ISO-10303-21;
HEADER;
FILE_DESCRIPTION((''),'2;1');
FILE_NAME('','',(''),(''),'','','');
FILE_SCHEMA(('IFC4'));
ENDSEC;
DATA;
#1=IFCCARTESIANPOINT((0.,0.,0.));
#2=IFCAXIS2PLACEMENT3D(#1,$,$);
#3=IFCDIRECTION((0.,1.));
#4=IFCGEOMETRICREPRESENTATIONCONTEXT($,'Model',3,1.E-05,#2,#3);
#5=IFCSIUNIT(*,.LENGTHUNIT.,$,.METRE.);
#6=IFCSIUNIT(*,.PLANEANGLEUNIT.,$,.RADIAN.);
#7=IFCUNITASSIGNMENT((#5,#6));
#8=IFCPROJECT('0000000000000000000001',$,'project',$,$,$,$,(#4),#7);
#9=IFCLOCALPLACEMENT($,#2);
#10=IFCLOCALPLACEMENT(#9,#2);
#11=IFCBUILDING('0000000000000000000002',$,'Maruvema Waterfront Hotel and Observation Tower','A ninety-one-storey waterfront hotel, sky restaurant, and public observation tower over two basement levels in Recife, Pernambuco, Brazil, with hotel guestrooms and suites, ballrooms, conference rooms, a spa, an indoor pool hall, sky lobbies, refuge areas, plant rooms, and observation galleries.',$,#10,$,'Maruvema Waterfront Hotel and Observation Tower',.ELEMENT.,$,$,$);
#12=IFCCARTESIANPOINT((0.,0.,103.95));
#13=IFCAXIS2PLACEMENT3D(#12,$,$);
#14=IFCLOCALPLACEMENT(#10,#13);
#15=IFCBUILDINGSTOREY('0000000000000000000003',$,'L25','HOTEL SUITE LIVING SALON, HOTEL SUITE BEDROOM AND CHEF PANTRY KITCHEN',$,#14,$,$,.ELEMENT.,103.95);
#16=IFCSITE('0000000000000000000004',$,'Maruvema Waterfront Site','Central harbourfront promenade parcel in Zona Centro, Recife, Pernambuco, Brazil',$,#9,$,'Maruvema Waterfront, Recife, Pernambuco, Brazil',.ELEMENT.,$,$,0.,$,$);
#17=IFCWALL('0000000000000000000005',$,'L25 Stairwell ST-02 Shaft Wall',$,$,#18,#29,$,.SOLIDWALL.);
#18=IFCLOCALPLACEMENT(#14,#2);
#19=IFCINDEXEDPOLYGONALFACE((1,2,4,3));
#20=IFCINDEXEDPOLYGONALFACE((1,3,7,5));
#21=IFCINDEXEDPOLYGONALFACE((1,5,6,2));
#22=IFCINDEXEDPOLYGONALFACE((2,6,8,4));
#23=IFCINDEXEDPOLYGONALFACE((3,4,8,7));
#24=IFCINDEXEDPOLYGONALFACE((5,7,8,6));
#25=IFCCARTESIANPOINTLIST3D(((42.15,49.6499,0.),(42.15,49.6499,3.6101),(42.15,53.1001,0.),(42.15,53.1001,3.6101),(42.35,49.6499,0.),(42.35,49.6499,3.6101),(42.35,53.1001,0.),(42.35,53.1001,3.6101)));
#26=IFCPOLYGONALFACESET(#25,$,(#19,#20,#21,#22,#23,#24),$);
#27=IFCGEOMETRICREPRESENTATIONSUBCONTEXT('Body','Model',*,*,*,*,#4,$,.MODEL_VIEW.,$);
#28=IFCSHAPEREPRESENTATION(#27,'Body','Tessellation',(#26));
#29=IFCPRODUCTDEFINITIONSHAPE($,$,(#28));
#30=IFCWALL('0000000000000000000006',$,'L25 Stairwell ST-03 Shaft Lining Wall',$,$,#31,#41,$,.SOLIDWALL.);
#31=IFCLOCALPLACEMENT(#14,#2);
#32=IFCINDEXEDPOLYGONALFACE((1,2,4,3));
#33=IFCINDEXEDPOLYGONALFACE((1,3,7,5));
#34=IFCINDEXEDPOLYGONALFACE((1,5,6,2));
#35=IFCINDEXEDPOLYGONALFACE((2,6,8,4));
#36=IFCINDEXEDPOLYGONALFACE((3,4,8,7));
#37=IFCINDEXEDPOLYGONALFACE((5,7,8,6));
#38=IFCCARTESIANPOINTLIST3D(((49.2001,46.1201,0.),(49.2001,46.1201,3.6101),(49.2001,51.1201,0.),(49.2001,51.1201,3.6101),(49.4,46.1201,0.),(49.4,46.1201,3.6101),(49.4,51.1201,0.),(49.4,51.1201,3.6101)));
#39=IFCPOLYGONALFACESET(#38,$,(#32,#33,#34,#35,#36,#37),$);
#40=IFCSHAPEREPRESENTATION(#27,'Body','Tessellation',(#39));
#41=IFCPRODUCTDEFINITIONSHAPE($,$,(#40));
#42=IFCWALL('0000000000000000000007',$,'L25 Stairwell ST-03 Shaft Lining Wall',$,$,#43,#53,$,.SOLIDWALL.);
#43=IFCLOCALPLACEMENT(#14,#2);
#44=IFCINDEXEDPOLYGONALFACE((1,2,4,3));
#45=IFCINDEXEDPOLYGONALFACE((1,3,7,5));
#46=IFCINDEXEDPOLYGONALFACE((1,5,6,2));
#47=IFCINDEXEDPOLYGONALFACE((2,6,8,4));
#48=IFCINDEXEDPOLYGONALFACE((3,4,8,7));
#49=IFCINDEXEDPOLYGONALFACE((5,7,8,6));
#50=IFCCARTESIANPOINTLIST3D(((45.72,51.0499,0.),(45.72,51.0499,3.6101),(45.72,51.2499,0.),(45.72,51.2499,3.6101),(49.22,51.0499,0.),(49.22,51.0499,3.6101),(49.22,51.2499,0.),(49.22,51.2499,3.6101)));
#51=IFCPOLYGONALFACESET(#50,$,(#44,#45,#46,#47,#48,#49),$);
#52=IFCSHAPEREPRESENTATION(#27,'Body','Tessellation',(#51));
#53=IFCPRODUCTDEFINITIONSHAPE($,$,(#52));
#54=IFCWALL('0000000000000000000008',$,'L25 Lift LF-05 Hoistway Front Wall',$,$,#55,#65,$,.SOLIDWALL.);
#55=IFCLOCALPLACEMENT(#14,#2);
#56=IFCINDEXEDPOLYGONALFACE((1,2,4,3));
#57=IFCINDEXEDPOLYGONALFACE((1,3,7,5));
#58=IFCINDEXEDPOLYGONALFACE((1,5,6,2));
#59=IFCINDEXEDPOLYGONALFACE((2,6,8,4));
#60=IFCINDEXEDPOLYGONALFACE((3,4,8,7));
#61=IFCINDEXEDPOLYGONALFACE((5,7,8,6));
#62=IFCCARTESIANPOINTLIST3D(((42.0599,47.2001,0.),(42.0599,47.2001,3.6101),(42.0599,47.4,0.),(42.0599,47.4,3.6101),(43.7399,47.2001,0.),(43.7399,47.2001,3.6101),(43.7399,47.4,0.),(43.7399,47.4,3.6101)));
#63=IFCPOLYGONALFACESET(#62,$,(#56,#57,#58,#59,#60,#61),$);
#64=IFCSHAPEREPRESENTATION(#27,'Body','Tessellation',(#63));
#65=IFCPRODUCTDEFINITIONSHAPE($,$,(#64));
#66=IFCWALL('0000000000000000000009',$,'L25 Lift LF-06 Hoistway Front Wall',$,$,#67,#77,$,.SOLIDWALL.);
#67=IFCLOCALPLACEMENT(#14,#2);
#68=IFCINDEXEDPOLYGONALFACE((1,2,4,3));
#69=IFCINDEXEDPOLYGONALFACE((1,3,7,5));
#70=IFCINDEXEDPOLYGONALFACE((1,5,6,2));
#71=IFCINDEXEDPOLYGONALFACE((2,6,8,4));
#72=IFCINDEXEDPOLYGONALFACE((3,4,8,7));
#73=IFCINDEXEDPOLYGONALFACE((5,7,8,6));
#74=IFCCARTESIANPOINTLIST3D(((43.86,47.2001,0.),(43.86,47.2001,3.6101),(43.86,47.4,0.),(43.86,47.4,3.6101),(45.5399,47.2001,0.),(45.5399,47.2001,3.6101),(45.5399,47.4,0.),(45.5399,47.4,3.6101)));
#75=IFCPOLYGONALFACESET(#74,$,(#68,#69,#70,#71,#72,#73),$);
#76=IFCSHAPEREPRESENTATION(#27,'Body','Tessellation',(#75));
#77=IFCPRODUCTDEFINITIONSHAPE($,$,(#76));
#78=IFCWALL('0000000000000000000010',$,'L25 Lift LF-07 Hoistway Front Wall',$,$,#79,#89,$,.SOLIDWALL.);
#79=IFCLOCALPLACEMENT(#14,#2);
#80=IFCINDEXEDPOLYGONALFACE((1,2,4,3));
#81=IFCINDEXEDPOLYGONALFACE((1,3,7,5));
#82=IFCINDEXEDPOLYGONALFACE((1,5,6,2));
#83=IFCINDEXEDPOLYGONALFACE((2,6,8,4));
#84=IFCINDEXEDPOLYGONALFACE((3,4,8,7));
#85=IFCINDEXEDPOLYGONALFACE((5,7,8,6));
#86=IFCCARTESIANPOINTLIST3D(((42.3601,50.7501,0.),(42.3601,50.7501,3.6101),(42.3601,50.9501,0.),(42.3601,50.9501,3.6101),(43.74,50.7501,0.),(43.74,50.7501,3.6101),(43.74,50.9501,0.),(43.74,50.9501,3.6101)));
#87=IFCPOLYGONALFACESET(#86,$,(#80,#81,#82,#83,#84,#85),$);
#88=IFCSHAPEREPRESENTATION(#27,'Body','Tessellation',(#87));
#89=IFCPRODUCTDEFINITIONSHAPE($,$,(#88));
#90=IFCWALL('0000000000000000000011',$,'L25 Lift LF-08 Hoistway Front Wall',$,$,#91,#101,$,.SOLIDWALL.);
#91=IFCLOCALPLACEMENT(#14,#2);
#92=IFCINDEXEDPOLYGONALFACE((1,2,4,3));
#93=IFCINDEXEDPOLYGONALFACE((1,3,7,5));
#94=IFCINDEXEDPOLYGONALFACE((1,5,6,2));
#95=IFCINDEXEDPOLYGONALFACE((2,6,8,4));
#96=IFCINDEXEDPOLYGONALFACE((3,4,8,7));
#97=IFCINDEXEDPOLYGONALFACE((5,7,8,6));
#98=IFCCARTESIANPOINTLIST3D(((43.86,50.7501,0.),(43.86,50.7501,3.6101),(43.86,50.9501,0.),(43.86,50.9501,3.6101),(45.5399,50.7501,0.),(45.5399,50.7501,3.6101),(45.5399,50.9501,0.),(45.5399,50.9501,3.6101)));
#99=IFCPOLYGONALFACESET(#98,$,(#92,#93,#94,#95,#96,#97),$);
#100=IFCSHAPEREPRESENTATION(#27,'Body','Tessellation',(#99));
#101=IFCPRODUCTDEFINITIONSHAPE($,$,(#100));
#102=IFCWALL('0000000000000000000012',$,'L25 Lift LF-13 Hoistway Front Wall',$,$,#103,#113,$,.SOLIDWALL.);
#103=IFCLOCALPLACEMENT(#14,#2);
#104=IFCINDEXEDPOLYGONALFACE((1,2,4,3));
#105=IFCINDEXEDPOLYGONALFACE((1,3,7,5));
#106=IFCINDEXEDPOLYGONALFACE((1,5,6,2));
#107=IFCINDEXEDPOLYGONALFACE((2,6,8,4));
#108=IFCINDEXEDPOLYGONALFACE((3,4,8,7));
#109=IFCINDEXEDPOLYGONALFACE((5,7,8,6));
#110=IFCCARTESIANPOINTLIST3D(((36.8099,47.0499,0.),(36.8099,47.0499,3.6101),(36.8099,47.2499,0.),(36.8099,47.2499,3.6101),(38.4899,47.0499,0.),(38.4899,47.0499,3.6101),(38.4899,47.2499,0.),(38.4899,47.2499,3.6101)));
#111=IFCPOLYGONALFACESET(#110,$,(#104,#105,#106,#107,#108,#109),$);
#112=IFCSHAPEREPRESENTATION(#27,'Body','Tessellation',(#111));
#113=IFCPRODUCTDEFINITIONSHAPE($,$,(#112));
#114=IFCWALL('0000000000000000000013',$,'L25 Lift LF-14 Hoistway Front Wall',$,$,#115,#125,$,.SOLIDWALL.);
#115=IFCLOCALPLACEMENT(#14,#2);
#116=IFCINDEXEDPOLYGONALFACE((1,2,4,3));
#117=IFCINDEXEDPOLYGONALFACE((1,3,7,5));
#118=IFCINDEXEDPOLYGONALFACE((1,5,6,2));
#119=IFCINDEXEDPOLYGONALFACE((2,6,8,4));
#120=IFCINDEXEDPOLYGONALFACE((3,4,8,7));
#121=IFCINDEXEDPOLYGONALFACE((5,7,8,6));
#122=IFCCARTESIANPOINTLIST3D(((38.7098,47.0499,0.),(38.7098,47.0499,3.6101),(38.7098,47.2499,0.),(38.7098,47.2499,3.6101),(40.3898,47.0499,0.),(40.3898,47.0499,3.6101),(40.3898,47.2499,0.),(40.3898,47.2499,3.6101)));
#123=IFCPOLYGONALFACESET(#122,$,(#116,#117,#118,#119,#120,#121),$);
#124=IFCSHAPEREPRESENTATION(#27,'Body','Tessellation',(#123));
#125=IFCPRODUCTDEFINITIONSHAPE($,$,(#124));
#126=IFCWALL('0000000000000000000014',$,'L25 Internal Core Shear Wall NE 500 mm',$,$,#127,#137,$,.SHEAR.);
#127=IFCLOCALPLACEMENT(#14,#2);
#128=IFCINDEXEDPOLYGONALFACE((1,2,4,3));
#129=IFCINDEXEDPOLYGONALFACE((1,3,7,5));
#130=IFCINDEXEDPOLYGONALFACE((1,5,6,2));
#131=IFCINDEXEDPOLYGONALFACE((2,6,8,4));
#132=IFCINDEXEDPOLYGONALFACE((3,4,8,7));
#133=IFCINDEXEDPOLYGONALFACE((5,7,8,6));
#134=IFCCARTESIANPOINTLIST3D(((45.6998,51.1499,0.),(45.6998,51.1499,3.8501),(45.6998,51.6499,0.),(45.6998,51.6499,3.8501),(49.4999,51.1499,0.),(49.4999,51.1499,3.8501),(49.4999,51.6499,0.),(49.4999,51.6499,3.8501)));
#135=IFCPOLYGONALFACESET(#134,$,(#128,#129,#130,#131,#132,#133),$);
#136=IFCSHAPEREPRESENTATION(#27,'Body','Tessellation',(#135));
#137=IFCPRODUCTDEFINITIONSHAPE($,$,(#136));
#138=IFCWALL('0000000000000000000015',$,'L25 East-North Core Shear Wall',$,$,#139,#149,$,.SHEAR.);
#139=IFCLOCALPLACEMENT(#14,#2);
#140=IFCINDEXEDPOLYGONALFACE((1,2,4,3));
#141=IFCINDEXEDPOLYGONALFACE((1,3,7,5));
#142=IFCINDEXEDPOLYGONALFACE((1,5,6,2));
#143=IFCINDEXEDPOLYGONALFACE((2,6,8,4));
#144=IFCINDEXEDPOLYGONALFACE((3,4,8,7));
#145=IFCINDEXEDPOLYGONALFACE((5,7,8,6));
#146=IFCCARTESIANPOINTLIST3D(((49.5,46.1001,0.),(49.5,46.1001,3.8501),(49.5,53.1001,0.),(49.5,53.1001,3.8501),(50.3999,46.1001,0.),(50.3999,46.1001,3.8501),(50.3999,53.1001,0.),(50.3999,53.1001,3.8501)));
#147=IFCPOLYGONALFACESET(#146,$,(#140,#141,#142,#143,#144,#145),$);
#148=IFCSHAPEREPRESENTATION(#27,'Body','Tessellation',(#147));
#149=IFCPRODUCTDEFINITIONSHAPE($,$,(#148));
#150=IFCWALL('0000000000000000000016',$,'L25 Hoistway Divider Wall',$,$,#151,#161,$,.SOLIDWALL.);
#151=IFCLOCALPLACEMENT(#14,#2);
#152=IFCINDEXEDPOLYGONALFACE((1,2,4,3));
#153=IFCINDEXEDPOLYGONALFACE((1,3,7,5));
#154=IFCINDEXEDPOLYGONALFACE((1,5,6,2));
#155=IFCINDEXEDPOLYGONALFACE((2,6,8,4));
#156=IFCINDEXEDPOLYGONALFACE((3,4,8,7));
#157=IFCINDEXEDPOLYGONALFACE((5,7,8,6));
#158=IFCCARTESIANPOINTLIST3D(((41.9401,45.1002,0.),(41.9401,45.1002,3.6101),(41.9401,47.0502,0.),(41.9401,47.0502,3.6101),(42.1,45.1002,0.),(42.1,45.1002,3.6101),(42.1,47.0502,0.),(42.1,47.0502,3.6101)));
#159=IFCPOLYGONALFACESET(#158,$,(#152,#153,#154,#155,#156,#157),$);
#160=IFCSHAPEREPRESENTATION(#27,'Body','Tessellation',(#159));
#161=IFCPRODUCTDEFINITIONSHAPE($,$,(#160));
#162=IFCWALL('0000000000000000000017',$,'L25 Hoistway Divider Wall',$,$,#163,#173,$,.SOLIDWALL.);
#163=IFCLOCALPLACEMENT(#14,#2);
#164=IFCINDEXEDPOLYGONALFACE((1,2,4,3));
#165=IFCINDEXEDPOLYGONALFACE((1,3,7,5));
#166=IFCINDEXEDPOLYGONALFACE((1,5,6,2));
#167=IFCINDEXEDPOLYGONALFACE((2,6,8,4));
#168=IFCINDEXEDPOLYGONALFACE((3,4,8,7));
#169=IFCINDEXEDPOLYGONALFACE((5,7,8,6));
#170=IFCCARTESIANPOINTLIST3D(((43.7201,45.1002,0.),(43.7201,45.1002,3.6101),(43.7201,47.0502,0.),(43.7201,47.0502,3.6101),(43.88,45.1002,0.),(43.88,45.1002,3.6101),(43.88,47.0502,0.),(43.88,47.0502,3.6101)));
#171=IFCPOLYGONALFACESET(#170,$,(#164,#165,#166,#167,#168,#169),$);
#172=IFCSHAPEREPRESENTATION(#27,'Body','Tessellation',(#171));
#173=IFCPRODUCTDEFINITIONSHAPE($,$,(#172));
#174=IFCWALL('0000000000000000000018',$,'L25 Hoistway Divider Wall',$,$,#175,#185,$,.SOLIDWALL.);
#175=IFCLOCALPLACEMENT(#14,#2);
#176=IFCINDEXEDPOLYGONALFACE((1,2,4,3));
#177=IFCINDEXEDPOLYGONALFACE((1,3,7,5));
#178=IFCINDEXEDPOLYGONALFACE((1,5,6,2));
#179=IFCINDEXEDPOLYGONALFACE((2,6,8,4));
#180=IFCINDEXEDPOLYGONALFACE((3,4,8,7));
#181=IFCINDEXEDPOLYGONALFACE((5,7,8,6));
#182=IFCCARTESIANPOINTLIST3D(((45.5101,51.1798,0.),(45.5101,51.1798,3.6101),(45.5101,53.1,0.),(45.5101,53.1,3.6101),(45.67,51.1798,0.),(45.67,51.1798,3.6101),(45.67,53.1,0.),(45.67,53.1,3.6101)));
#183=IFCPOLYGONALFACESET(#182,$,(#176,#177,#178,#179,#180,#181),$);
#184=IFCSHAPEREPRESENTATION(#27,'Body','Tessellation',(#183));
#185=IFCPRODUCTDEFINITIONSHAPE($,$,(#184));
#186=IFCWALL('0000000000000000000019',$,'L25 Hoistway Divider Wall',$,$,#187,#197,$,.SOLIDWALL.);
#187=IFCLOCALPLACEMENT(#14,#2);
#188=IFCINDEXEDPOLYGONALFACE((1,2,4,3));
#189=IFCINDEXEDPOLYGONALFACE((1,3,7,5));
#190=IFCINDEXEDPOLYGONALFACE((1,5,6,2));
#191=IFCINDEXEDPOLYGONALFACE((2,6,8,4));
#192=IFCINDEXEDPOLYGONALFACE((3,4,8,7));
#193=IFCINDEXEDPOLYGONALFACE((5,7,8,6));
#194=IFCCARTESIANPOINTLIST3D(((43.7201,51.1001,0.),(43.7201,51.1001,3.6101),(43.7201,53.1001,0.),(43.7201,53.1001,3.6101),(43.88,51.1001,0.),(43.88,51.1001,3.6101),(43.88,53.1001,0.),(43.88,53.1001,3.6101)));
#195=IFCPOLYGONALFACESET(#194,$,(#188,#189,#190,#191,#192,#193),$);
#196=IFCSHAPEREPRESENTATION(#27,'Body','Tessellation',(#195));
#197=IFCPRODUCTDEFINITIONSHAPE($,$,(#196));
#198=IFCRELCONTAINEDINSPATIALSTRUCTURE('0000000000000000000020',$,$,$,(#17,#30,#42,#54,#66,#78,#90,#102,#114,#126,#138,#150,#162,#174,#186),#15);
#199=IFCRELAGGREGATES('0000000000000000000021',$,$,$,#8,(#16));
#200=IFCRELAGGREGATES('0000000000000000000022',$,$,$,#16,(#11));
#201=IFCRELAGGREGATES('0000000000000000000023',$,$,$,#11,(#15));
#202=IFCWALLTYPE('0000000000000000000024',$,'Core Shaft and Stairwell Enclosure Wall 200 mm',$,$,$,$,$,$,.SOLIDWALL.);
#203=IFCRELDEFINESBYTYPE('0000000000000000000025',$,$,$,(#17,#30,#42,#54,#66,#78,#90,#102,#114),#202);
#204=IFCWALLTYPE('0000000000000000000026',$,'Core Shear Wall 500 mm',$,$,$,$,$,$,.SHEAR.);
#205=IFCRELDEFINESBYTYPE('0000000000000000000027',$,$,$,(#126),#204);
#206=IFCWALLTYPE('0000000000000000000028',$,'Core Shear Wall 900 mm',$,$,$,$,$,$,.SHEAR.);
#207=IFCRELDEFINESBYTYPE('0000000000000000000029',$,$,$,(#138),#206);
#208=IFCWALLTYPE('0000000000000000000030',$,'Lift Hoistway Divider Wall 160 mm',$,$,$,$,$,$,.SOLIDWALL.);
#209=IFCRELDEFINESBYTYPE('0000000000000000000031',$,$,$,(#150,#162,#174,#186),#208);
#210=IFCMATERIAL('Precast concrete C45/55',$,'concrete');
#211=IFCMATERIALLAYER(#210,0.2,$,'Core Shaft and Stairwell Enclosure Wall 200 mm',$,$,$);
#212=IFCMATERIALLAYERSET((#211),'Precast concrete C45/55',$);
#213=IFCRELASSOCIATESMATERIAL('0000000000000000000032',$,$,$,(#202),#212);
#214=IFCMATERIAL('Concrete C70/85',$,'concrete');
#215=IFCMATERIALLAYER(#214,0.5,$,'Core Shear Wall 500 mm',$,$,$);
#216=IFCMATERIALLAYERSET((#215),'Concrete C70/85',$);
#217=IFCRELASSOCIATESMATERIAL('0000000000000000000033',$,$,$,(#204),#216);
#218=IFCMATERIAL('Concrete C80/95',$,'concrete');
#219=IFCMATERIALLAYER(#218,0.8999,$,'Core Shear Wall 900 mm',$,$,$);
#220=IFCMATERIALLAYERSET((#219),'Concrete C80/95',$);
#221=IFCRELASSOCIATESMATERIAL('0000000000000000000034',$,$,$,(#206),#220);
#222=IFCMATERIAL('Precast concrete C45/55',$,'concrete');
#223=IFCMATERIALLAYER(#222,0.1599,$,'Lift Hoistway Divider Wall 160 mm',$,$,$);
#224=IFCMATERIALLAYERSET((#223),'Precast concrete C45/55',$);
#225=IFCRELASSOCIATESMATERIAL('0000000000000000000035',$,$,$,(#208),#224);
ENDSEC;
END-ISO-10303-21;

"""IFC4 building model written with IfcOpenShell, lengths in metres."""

from ifc_helpers import new_model, si_unit, direction, frame, frame_2d, origin, place, context, subcontext, project, spatial, rectangle, extrude, material, layer, layer_set, type_object, element, save


model = new_model("IFC4")

# Units and contexts
model_context = context("Model", 3, precision=1e-05, world=origin(), true_north=direction((0.0, 1.0)))
body_context = subcontext(model_context, "Body", "Model", "MODEL_VIEW")
ifc_project = project(units=[si_unit("LENGTHUNIT", "METRE"), si_unit("PLANEANGLEUNIT", "RADIAN")], contexts=[model_context])

# Site, building, storey
site_placement = place(None, origin())
site = spatial("IfcSite", under=ifc_project, at=site_placement, Name="Maruvema Waterfront Site", Description="Central harbourfront promenade parcel in Zona Centro, Recife, Pernambuco, Brazil", LongName="Maruvema Waterfront, Recife, Pernambuco, Brazil", CompositionType="ELEMENT", RefElevation=0.0)
building_placement = place(site_placement, origin())
building = spatial("IfcBuilding", under=site, at=building_placement, Name="Maruvema Waterfront Hotel and Observation Tower", Description="A ninety-one-storey waterfront hotel, sky restaurant, and public observation tower over two basement levels in Recife, Pernambuco, Brazil, with hotel guestrooms and suites, ballrooms, conference rooms, a spa, an indoor pool hall, sky lobbies, refuge areas, plant rooms, and observation galleries.", LongName="Maruvema Waterfront Hotel and Observation Tower", CompositionType="ELEMENT")
storey_placement = place(building_placement, frame((0.0, 0.0, 103.95)))
storey = spatial("IfcBuildingStorey", under=building, at=storey_placement, Name="L25", Description="HOTEL SUITE LIVING SALON, HOTEL SUITE BEDROOM AND CHEF PANTRY KITCHEN", CompositionType="ELEMENT", Elevation=103.95)

# Walls
ifc_material_1 = material(Name="Precast concrete C45/55", Category="concrete")
ifc_layer_1 = layer(ifc_material_1, 0.2, Name="Core Shaft and Stairwell Enclosure Wall 200 mm")
ifc_layer_set_1 = layer_set([ifc_layer_1], Name="Precast concrete C45/55")
wall_type_1 = type_object("IfcWallType", Name="Core Shaft and Stairwell Enclosure Wall 200 mm", PredefinedType="SOLIDWALL", material=ifc_layer_set_1)
wall_1_placement = place(storey_placement, frame((42.25, 49.6499, 0.0), z_axis=(0.0, 0.0, 1.0), x_axis=(0.0, 1.0, 0.0)))
element("IfcWall", 1, at=wall_1_placement, inside=storey, type_object=wall_type_1, Name="L25 Stairwell ST-02 Shaft Wall", PredefinedType="SOLIDWALL", context=body_context, shape_type="SweptSolid", body=[
    extrude(rectangle(XDim=3.4502, YDim=0.2, at=frame_2d((1.7251, 0.0))), origin(), (0.0, 0.0, 1.0), 3.6101),
])
wall_2_placement = place(storey_placement, frame((49.3, 46.1201, 0.0), z_axis=(0.0, 0.0, 1.0), x_axis=(0.0, 1.0, 0.0)))
element("IfcWall", 2, at=wall_2_placement, inside=storey, type_object=wall_type_1, Name="L25 Stairwell ST-03 Shaft Lining Wall", PredefinedType="SOLIDWALL", context=body_context, shape_type="SweptSolid", body=[
    extrude(rectangle(XDim=5.0, YDim=0.2, at=frame_2d((2.5, 0.0))), origin(), (0.0, 0.0, 1.0), 3.6101),
])
wall_3_placement = place(storey_placement, frame((45.72, 51.1499, 0.0), z_axis=(0.0, 0.0, 1.0), x_axis=(1.0, 0.0, 0.0)))
element("IfcWall", 3, at=wall_3_placement, inside=storey, type_object=wall_type_1, Name="L25 Stairwell ST-03 Shaft Lining Wall", PredefinedType="SOLIDWALL", context=body_context, shape_type="SweptSolid", body=[
    extrude(rectangle(XDim=3.5, YDim=0.2, at=frame_2d((1.75, 0.0))), origin(), (0.0, 0.0, 1.0), 3.6101),
])
for number, where, z_axis, x_axis, name in (
    (4, (42.0601, 47.3, 0.0), (0.0, 0.0, 1.0), (1.0, 0.0, 0.0), "L25 Lift LF-05 Hoistway Front Wall"),
    (5, (43.8601, 47.3, 0.0), (0.0, 0.0, 1.0), (1.0, 0.0, 0.0), "L25 Lift LF-06 Hoistway Front Wall"),
):
    element("IfcWall", number, at=place(storey_placement, frame(where, z_axis=z_axis, x_axis=x_axis)), inside=storey, type_object=wall_type_1, Name=name, PredefinedType="SOLIDWALL", context=body_context, shape_type="SweptSolid", body=[
        extrude(rectangle(XDim=1.6799, YDim=0.2, at=frame_2d((0.8398, 0.0))), origin(), (0.0, 0.0, 1.0), 3.6101),
    ])
wall_4_placement = place(storey_placement, frame((42.3601, 50.8501, 0.0), z_axis=(0.0, 0.0, 1.0), x_axis=(1.0, 0.0, 0.0)))
element("IfcWall", 6, at=wall_4_placement, inside=storey, type_object=wall_type_1, Name="L25 Lift LF-07 Hoistway Front Wall", PredefinedType="SOLIDWALL", context=body_context, shape_type="SweptSolid", body=[
    extrude(rectangle(XDim=1.3799, YDim=0.2, at=frame_2d((0.6899, 0.0))), origin(), (0.0, 0.0, 1.0), 3.6101),
])
for number, where, z_axis, x_axis, name in (
    (7, (43.8601, 50.8501, 0.0), (0.0, 0.0, 1.0), (1.0, 0.0, 0.0), "L25 Lift LF-08 Hoistway Front Wall"),
    (8, (36.8101, 47.1499, 0.0), (0.0, 0.0, 1.0), (1.0, 0.0, 0.0), "L25 Lift LF-13 Hoistway Front Wall"),
    (9, (38.71, 47.1499, 0.0), (0.0, 0.0, 1.0), (1.0, 0.0, 0.0), "L25 Lift LF-14 Hoistway Front Wall"),
):
    element("IfcWall", number, at=place(storey_placement, frame(where, z_axis=z_axis, x_axis=x_axis)), inside=storey, type_object=wall_type_1, Name=name, PredefinedType="SOLIDWALL", context=body_context, shape_type="SweptSolid", body=[
        extrude(rectangle(XDim=1.6799, YDim=0.2, at=frame_2d((0.8398, 0.0))), origin(), (0.0, 0.0, 1.0), 3.6101),
    ])
ifc_material_2 = material(Name="Concrete C70/85", Category="concrete")
ifc_layer_2 = layer(ifc_material_2, 0.5, Name="Core Shear Wall 500 mm")
ifc_layer_set_2 = layer_set([ifc_layer_2], Name="Concrete C70/85")
wall_type_2 = type_object("IfcWallType", Name="Core Shear Wall 500 mm", PredefinedType="SHEAR", material=ifc_layer_set_2)
wall_5_placement = place(storey_placement, frame((45.7, 51.3999, 0.0), z_axis=(0.0, 0.0, 1.0), x_axis=(1.0, 0.0, 0.0)))
element("IfcWall", 10, at=wall_5_placement, inside=storey, type_object=wall_type_2, Name="L25 Internal Core Shear Wall NE 500 mm", PredefinedType="SHEAR", context=body_context, shape_type="SweptSolid", body=[
    extrude(rectangle(XDim=3.8, YDim=0.5, at=frame_2d((1.8999, 0.0))), origin(), (0.0, 0.0, 1.0), 3.8501),
])
ifc_material_3 = material(Name="Concrete C80/95", Category="concrete")
ifc_layer_3 = layer(ifc_material_3, 0.8999, Name="Core Shear Wall 900 mm")
ifc_layer_set_3 = layer_set([ifc_layer_3], Name="Concrete C80/95")
wall_type_3 = type_object("IfcWallType", Name="Core Shear Wall 900 mm", PredefinedType="SHEAR", material=ifc_layer_set_3)
wall_6_placement = place(storey_placement, frame((49.95, 46.1001, 0.0), z_axis=(0.0, 0.0, 1.0), x_axis=(0.0, 1.0, 0.0)))
element("IfcWall", 11, at=wall_6_placement, inside=storey, type_object=wall_type_3, Name="L25 East-North Core Shear Wall", PredefinedType="SHEAR", context=body_context, shape_type="SweptSolid", body=[
    extrude(rectangle(XDim=7.0, YDim=0.8999, at=frame_2d((3.5, 0.0))), origin(), (0.0, 0.0, 1.0), 3.8501),
])
ifc_material_4 = material(Name="Precast concrete C45/55", Category="concrete")
ifc_layer_4 = layer(ifc_material_4, 0.1599, Name="Lift Hoistway Divider Wall 160 mm")
ifc_layer_set_4 = layer_set([ifc_layer_4], Name="Precast concrete C45/55")
wall_type_4 = type_object("IfcWallType", Name="Lift Hoistway Divider Wall 160 mm", PredefinedType="SOLIDWALL", material=ifc_layer_set_4)
for number, where, z_axis, x_axis, name in (
    (12, (42.02, 45.1001, 0.0), (0.0, 0.0, 1.0), (0.0, 1.0, 0.0), "L25 Hoistway Divider Wall"),
    (13, (43.8, 45.1001, 0.0), (0.0, 0.0, 1.0), (0.0, 1.0, 0.0), "L25 Hoistway Divider Wall"),
):
    element("IfcWall", number, at=place(storey_placement, frame(where, z_axis=z_axis, x_axis=x_axis)), inside=storey, type_object=wall_type_4, Name=name, PredefinedType="SOLIDWALL", context=body_context, shape_type="SweptSolid", body=[
        extrude(rectangle(XDim=1.95, YDim=0.1599, at=frame_2d((0.9751, 0.0))), origin(), (0.0, 0.0, 1.0), 3.6101),
    ])
wall_7_placement = place(storey_placement, frame((45.5901, 51.1799, 0.0), z_axis=(0.0, 0.0, 1.0), x_axis=(0.0, 1.0, 0.0)))
element("IfcWall", 14, at=wall_7_placement, inside=storey, type_object=wall_type_4, Name="L25 Hoistway Divider Wall", PredefinedType="SOLIDWALL", context=body_context, shape_type="SweptSolid", body=[
    extrude(rectangle(XDim=1.9202, YDim=0.1599, at=frame_2d((0.96, 0.0))), origin(), (0.0, 0.0, 1.0), 3.6101),
])
wall_8_placement = place(storey_placement, frame((43.8, 51.1001, 0.0), z_axis=(0.0, 0.0, 1.0), x_axis=(0.0, 1.0, 0.0)))
element("IfcWall", 15, at=wall_8_placement, inside=storey, type_object=wall_type_4, Name="L25 Hoistway Divider Wall", PredefinedType="SOLIDWALL", context=body_context, shape_type="SweptSolid", body=[
    extrude(rectangle(XDim=2.0, YDim=0.1599, at=frame_2d((1.0, 0.0))), origin(), (0.0, 0.0, 1.0), 3.6101),
])

save(model, "model.ifc")
